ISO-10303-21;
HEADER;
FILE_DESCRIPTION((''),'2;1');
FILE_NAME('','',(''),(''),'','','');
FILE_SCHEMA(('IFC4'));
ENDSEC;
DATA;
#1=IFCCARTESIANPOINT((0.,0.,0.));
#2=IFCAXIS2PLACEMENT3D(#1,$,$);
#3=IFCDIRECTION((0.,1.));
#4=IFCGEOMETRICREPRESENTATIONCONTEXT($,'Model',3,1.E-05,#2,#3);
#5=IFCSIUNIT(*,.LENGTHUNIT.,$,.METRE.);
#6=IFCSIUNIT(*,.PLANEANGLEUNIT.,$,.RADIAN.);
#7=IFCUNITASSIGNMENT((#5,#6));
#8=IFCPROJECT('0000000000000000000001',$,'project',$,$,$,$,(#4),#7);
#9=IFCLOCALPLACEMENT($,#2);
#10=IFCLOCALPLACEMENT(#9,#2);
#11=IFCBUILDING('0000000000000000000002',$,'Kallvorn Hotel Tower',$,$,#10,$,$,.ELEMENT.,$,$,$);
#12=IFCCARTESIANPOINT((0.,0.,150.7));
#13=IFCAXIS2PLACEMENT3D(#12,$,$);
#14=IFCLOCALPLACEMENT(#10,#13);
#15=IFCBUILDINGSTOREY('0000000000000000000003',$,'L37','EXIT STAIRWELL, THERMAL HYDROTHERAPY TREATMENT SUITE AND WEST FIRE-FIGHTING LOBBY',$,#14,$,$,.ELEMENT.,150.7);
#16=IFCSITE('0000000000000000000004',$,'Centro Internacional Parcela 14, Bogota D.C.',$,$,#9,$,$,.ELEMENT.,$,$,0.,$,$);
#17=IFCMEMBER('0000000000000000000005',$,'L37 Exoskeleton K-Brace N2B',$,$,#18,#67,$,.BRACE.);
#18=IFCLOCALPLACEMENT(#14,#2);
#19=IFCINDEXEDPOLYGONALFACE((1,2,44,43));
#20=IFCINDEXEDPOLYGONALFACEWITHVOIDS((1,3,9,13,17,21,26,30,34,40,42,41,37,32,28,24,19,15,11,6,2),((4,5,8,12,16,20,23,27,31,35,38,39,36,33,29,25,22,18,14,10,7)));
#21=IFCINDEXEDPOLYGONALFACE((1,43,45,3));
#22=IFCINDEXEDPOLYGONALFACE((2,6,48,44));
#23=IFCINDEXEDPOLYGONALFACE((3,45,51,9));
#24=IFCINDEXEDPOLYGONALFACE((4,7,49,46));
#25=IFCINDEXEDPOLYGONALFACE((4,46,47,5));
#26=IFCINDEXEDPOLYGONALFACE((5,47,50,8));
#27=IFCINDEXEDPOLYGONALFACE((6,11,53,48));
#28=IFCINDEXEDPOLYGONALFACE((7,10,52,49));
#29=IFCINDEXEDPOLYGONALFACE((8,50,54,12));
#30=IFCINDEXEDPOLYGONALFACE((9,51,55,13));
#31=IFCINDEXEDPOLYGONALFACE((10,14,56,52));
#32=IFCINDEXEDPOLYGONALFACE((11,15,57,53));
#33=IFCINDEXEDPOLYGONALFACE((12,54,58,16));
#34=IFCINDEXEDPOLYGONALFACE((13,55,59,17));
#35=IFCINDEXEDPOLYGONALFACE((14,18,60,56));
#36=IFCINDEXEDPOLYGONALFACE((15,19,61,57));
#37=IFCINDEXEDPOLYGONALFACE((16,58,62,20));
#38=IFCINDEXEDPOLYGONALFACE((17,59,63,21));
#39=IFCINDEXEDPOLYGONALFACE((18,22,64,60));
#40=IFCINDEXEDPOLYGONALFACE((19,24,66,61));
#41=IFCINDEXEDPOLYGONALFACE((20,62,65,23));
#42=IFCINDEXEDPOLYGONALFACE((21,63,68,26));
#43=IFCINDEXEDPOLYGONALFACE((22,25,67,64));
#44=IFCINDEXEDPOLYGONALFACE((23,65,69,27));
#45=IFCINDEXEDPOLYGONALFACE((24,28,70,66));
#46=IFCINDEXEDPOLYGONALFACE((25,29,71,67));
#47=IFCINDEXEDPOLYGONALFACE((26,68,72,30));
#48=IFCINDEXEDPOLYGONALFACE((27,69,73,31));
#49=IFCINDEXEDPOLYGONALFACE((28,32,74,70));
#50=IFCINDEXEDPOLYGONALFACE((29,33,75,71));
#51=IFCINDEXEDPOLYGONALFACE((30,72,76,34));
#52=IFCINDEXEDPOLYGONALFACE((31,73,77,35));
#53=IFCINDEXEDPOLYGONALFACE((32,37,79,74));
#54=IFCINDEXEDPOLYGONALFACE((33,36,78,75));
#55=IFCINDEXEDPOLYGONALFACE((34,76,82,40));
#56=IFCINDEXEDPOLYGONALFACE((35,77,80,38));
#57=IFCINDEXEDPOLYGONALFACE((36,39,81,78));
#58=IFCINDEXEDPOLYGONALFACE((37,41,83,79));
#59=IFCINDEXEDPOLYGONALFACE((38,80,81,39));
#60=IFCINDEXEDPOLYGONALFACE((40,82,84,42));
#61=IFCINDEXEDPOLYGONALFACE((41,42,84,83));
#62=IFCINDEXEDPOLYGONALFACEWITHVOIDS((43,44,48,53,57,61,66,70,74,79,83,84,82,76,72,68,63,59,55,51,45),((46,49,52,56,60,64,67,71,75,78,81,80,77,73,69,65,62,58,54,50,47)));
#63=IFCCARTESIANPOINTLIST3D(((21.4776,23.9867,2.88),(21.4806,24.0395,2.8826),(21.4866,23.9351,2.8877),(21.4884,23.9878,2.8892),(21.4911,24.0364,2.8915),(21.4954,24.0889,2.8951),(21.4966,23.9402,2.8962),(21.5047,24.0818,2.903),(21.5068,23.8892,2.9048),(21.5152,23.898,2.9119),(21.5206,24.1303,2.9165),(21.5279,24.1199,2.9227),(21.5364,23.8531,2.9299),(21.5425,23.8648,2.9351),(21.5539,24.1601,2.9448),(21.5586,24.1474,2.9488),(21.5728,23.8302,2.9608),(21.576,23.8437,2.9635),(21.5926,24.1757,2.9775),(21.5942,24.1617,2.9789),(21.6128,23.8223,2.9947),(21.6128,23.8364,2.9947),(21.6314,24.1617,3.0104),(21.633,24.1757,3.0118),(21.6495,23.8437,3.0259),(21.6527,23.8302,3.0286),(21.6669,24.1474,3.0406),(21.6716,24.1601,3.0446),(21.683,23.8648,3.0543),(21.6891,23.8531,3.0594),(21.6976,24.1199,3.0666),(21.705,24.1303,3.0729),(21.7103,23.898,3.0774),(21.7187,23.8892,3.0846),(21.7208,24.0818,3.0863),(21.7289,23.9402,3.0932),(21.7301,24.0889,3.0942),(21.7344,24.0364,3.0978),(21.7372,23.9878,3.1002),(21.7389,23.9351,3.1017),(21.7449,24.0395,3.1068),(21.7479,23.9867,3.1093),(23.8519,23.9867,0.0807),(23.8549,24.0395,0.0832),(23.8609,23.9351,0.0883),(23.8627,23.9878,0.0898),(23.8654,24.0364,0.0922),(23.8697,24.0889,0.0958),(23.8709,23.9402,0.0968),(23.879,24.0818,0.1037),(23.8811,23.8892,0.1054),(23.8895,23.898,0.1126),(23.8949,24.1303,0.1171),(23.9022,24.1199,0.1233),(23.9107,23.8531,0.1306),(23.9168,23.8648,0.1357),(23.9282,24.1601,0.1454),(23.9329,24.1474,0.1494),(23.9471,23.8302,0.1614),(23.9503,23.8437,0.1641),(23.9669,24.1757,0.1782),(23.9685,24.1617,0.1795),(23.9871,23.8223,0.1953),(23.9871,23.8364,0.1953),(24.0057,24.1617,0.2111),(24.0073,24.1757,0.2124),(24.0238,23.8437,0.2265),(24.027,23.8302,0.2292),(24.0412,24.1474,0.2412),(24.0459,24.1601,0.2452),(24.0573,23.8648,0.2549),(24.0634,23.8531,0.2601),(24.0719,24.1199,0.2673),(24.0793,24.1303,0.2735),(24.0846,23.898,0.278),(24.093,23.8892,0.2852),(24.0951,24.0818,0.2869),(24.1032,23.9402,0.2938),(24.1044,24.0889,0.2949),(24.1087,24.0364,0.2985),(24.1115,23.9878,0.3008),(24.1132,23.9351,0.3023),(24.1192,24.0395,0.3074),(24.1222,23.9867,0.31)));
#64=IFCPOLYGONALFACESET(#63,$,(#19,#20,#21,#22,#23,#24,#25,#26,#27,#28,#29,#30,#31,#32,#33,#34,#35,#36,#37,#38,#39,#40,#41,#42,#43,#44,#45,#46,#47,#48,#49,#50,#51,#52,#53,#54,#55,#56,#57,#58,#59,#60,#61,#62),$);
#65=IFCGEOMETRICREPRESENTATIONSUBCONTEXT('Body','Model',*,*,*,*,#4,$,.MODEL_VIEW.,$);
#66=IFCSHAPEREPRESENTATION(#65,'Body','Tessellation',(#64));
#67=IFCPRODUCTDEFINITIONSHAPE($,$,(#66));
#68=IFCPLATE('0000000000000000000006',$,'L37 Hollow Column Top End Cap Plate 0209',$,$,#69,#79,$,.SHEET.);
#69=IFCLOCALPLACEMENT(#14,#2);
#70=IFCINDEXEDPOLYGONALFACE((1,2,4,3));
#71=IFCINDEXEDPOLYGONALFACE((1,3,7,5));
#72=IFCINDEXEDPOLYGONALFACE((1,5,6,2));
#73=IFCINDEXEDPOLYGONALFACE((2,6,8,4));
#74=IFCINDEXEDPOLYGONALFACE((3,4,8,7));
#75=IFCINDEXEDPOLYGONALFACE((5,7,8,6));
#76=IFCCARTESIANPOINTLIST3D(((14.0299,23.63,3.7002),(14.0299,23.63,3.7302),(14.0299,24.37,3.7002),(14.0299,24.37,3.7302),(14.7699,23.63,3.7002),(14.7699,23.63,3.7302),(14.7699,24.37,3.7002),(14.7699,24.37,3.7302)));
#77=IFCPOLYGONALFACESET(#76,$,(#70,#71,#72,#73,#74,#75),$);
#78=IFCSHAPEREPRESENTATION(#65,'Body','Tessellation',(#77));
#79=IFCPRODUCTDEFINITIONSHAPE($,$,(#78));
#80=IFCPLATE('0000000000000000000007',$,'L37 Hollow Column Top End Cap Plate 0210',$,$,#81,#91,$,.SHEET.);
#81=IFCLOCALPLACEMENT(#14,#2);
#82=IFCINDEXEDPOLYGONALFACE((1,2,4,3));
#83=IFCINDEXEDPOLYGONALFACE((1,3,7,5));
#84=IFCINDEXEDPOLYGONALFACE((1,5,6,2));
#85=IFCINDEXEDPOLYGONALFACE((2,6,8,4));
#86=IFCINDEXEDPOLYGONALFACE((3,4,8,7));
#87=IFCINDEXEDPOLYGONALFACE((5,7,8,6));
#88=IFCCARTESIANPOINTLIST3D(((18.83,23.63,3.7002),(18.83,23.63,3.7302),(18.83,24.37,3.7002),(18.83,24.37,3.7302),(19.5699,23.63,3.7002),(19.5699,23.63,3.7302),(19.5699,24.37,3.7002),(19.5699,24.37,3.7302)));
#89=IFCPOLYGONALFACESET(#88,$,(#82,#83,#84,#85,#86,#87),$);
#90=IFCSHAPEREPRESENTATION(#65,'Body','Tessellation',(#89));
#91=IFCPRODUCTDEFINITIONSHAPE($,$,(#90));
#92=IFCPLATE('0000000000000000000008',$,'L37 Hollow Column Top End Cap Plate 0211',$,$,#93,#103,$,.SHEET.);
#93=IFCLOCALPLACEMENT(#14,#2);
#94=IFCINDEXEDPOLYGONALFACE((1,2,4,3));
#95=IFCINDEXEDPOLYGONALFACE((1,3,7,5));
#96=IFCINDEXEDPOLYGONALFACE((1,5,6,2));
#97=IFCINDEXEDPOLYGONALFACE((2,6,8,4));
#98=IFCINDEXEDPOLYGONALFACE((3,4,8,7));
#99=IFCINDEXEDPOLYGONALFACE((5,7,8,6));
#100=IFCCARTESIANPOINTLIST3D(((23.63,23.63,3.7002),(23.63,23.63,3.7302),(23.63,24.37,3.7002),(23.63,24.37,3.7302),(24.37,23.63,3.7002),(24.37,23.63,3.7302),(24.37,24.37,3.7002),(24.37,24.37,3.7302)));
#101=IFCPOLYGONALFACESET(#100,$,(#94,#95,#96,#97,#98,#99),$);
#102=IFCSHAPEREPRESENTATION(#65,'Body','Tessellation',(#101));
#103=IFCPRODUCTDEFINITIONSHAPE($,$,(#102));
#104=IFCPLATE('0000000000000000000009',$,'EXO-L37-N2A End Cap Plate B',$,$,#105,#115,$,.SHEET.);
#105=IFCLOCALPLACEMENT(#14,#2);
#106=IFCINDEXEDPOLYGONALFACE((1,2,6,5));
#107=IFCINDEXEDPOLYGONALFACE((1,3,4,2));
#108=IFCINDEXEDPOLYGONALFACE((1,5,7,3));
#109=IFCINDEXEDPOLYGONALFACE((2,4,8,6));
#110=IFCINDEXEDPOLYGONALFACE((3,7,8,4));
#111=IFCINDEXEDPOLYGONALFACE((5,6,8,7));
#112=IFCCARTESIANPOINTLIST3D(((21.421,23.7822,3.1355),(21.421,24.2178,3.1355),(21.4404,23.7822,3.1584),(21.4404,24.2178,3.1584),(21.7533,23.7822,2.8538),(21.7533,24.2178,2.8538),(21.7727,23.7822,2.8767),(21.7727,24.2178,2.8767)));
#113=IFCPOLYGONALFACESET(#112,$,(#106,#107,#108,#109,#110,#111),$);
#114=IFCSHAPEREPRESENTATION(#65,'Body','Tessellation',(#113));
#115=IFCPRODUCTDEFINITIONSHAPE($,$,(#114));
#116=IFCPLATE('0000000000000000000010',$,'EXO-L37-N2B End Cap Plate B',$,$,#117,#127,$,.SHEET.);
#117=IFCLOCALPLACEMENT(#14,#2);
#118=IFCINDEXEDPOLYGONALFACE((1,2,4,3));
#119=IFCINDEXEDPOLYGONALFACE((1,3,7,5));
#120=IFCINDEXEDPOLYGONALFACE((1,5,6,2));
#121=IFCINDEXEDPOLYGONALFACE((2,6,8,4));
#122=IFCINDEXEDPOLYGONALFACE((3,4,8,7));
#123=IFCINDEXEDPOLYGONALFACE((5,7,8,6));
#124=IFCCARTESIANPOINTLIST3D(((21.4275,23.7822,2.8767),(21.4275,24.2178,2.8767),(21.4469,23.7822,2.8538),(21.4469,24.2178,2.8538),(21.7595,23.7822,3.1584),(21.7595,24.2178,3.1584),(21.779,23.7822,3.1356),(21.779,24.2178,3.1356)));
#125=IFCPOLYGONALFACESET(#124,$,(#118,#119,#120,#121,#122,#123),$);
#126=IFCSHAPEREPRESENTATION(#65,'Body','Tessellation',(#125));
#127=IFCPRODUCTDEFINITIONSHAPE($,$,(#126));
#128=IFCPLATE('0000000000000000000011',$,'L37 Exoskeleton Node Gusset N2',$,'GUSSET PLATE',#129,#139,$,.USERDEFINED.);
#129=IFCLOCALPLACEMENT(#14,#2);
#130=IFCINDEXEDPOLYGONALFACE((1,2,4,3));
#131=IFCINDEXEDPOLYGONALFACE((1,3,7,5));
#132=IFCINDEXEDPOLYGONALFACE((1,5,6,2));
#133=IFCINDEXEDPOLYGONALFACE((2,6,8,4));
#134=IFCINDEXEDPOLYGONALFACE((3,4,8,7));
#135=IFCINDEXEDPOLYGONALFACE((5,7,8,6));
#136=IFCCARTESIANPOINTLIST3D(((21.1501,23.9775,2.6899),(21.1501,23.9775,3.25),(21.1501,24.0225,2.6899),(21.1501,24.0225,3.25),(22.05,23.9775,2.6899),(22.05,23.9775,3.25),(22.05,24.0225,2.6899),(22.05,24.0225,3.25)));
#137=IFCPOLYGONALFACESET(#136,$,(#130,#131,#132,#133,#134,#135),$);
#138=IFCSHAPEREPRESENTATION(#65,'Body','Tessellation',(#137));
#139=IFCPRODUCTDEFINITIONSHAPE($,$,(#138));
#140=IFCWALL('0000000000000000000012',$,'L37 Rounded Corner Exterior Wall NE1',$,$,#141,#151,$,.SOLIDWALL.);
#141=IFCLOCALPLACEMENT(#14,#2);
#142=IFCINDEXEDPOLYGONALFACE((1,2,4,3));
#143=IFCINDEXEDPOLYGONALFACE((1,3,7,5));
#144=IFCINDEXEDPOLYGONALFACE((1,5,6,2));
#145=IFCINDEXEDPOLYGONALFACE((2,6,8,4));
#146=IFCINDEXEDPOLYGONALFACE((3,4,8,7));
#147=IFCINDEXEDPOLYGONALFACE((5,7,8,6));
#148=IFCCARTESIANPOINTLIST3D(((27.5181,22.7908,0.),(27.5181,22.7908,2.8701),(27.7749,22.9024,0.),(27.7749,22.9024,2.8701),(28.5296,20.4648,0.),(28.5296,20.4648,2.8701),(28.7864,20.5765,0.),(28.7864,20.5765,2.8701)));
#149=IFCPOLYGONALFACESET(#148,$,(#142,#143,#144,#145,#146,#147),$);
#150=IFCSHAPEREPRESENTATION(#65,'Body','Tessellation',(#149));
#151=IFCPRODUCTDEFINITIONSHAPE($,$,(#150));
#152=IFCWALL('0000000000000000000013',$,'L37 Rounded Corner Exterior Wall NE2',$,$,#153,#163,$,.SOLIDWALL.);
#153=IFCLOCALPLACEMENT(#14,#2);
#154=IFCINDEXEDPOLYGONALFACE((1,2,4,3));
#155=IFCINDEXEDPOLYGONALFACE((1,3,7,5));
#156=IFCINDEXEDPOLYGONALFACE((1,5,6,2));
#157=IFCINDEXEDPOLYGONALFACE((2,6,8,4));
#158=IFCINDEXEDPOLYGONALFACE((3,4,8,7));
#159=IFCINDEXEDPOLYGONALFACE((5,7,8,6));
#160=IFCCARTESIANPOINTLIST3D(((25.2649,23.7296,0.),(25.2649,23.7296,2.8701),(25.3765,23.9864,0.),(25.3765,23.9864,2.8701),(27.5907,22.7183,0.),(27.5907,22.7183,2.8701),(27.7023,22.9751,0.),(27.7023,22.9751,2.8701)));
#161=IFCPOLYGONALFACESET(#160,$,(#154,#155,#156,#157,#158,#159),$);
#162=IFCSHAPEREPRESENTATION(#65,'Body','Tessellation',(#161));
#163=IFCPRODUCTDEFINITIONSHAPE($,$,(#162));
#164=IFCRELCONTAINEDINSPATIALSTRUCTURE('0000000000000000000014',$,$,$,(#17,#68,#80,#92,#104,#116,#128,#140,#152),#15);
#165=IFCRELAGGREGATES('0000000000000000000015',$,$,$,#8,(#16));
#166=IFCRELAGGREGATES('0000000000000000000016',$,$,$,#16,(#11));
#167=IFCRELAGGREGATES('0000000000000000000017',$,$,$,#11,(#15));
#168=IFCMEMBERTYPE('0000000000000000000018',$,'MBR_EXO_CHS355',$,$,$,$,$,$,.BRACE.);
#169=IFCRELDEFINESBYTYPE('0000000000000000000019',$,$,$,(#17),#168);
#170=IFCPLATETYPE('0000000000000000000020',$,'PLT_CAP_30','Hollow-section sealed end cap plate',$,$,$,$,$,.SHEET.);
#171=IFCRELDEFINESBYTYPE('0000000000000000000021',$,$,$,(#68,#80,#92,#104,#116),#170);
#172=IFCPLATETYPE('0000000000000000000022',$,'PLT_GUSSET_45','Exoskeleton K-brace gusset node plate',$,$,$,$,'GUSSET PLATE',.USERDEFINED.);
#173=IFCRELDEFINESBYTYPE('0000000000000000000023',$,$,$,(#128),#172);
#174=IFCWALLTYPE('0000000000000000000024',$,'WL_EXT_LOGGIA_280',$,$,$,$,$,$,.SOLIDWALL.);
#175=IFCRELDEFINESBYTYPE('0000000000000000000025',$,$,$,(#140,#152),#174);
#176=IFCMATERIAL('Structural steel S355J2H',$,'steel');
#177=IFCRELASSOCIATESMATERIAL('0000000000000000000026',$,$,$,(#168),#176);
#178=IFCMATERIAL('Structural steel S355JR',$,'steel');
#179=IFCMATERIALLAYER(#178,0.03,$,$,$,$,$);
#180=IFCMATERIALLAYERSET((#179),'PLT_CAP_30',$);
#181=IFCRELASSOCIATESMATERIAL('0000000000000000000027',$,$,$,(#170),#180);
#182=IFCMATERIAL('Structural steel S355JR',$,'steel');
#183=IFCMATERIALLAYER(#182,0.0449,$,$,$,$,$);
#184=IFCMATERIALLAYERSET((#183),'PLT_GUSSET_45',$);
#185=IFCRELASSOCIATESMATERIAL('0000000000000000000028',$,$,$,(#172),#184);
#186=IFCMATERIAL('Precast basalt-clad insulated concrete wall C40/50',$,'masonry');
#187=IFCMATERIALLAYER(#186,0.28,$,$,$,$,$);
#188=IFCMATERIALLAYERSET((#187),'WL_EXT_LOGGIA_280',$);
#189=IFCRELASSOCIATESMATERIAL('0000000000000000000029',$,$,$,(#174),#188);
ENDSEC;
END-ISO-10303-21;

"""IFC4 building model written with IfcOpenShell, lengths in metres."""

from ifc_helpers import new_model, si_unit, direction, frame, frame_2d, origin, origin_2d, place, context, subcontext, project, spatial, polyline, rectangle, hollow_circle, outline, extrude, material, layer, layer_set, material_profile, profile_set, type_object, element, save


model = new_model("IFC4")

# Units and contexts
model_context = context("Model", 3, precision=1e-05, world=origin(), true_north=direction((0.0, 1.0)))
body_context = subcontext(model_context, "Body", "Model", "MODEL_VIEW")
ifc_project = project(units=[si_unit("LENGTHUNIT", "METRE"), si_unit("PLANEANGLEUNIT", "RADIAN")], contexts=[model_context])

# Site, building, storey
site_placement = place(None, origin())
site = spatial("IfcSite", under=ifc_project, at=site_placement, Name="Centro Internacional Parcela 14, Bogota D.C.", CompositionType="ELEMENT", RefElevation=0.0)
building_placement = place(site_placement, origin())
building = spatial("IfcBuilding", under=site, at=building_placement, Name="Kallvorn Hotel Tower", CompositionType="ELEMENT")
storey_placement = place(building_placement, frame((0.0, 0.0, 150.7)))
storey = spatial("IfcBuildingStorey", under=building, at=storey_placement, Name="L37", Description="EXIT STAIRWELL, THERMAL HYDROTHERAPY TREATMENT SUITE AND WEST FIRE-FIGHTING LOBBY", CompositionType="ELEMENT", Elevation=150.7)

# Member
ifc_material_1 = material(Name="Structural steel S355J2H", Category="steel")
ifc_material_profile_1 = material_profile(ifc_material_1, hollow_circle(Radius=0.1777, WallThickness=0.0142, at=origin_2d()), Name="CHS 355.6x14.2")
ifc_profile_set_1 = profile_set([ifc_material_profile_1], Name="Structural steel S355J2H")
member_type_1 = type_object("IfcMemberType", Name="MBR_EXO_CHS355", PredefinedType="BRACE", material=ifc_profile_set_1)
for number, where, z_axis, x_axis, name in (
    (1, (23.9871, 24.0, 0.1953), (-0.646833, 0.0, 0.762631), (0.0, -1.0, 0.0), "L37 Exoskeleton K-Brace N2B"),
):
    element("IfcMember", number, at=place(storey_placement, frame(where, z_axis=z_axis, x_axis=x_axis)), inside=storey, type_object=member_type_1, Name=name, PredefinedType="BRACE", context=body_context, shape_type="SweptSolid", body=[
        extrude(hollow_circle(Radius=0.1777, WallThickness=0.0142, at=origin_2d()), origin(), (0.0, 0.0, 1.0), 3.6707),
    ])

# Plates
ifc_material_2 = material(Name="Structural steel S355JR", Category="steel")
ifc_layer_1 = layer(ifc_material_2, 0.03)
ifc_layer_set_1 = layer_set([ifc_layer_1], Name="PLT_CAP_30")
plate_type_1 = type_object("IfcPlateType", Name="PLT_CAP_30", Description="Hollow-section sealed end cap plate", PredefinedType="SHEET", material=ifc_layer_set_1)
for number, where, z_axis, x_axis, name in (
    (2, (14.3999, 24.0, 3.7002), (0.0, 0.0, 1.0), (1.0, 0.0, 0.0), "L37 Hollow Column Top End Cap Plate 0209"),
    (3, (19.2, 24.0, 3.7002), (0.0, 0.0, 1.0), (1.0, 0.0, 0.0), "L37 Hollow Column Top End Cap Plate 0210"),
    (4, (24.0, 24.0, 3.7002), (0.0, 0.0, 1.0), (1.0, 0.0, 0.0), "L37 Hollow Column Top End Cap Plate 0211"),
):
    element("IfcPlate", number, at=place(storey_placement, frame(where, z_axis=z_axis, x_axis=x_axis)), inside=storey, type_object=plate_type_1, Name=name, PredefinedType="SHEET", context=body_context, shape_type="SweptSolid", body=[
        extrude(rectangle(XDim=0.74, YDim=0.74, at=origin_2d()), origin(), (0.0, 0.0, 1.0), 0.03),
    ])
plate_1_placement = place(storey_placement, frame((21.7727, 23.7822, 2.8767), z_axis=(0.646721, 0.0, 0.762727), x_axis=(0.0, 1.0, 0.0)))
element("IfcPlate", 5, at=plate_1_placement, inside=storey, type_object=plate_type_1, Name="EXO-L37-N2A End Cap Plate B", PredefinedType="SHEET", context=body_context, shape_type="SweptSolid", body=[
    extrude(outline(polyline([(0.0, 0.0), (0.4355, 0.0), (0.4355, 0.4356), (0.0, 0.4356), (0.0, 0.0)])), origin(), (0.0, 0.0, -1.0), 0.03),
])
plate_2_placement = place(storey_placement, frame((21.4275, 24.2178, 2.8767), z_axis=(-0.646997, 0.0, 0.762492), x_axis=(0.0, -1.0, 0.0)))
element("IfcPlate", 6, at=plate_2_placement, inside=storey, type_object=plate_type_1, Name="EXO-L37-N2B End Cap Plate B", PredefinedType="SHEET", context=body_context, shape_type="SweptSolid", body=[
    extrude(outline(polyline([(0.0, 0.0), (0.4355, 0.0), (0.4355, 0.4355), (0.0, 0.4355), (0.0, 0.0)])), origin(), (0.0, 0.0, -1.0), 0.03),
])
ifc_material_3 = material(Name="Structural steel S355JR", Category="steel")
ifc_layer_2 = layer(ifc_material_3, 0.0449)
ifc_layer_set_2 = layer_set([ifc_layer_2], Name="PLT_GUSSET_45")
plate_type_2 = type_object("IfcPlateType", Name="PLT_GUSSET_45", Description="Exoskeleton K-brace gusset node plate", ElementType="GUSSET PLATE", PredefinedType="USERDEFINED", material=ifc_layer_set_2)
plate_3_placement = place(storey_placement, frame((21.6001, 24.0, 2.6899), z_axis=(0.0, 0.0, 1.0), x_axis=(1.0, 0.0, 0.0)))
element("IfcPlate", 7, at=plate_3_placement, inside=storey, type_object=plate_type_2, Name="L37 Exoskeleton Node Gusset N2", ObjectType="GUSSET PLATE", PredefinedType="USERDEFINED", context=body_context, shape_type="SweptSolid", body=[
    extrude(rectangle(XDim=0.8999, YDim=0.0449, at=origin_2d()), origin(), (0.0, 0.0, 1.0), 0.5601),
])

# Walls
ifc_material_4 = material(Name="Precast basalt-clad insulated concrete wall C40/50", Category="masonry")
ifc_layer_3 = layer(ifc_material_4, 0.28)
ifc_layer_set_3 = layer_set([ifc_layer_3], Name="WL_EXT_LOGGIA_280")
wall_type = type_object("IfcWallType", Name="WL_EXT_LOGGIA_280", PredefinedType="SOLIDWALL", material=ifc_layer_set_3)
wall_1_placement = place(storey_placement, frame((28.658, 20.5208, 0.0), z_axis=(0.0, 0.0, 1.0), x_axis=(-0.398793, 0.917041, 0.0)))
element("IfcWall", 8, at=wall_1_placement, inside=storey, type_object=wall_type, Name="L37 Rounded Corner Exterior Wall NE1", PredefinedType="SOLIDWALL", context=body_context, shape_type="SweptSolid", body=[
    extrude(rectangle(XDim=2.5364, YDim=0.28, at=frame_2d((1.2681, 0.0))), origin(), (0.0, 0.0, 1.0), 2.8701),
])
wall_2_placement = place(storey_placement, frame((27.6465, 22.8467, 0.0), z_axis=(0.0, 0.0, 1.0), x_axis=(-0.917061, 0.398747, 0.0)))
element("IfcWall", 9, at=wall_2_placement, inside=storey, type_object=wall_type, Name="L37 Rounded Corner Exterior Wall NE2", PredefinedType="SOLIDWALL", context=body_context, shape_type="SweptSolid", body=[
    extrude(rectangle(XDim=2.5361, YDim=0.28, at=frame_2d((1.2681, 0.0))), origin(), (0.0, 0.0, 1.0), 2.8701),
])

save(model, "model.ifc")
